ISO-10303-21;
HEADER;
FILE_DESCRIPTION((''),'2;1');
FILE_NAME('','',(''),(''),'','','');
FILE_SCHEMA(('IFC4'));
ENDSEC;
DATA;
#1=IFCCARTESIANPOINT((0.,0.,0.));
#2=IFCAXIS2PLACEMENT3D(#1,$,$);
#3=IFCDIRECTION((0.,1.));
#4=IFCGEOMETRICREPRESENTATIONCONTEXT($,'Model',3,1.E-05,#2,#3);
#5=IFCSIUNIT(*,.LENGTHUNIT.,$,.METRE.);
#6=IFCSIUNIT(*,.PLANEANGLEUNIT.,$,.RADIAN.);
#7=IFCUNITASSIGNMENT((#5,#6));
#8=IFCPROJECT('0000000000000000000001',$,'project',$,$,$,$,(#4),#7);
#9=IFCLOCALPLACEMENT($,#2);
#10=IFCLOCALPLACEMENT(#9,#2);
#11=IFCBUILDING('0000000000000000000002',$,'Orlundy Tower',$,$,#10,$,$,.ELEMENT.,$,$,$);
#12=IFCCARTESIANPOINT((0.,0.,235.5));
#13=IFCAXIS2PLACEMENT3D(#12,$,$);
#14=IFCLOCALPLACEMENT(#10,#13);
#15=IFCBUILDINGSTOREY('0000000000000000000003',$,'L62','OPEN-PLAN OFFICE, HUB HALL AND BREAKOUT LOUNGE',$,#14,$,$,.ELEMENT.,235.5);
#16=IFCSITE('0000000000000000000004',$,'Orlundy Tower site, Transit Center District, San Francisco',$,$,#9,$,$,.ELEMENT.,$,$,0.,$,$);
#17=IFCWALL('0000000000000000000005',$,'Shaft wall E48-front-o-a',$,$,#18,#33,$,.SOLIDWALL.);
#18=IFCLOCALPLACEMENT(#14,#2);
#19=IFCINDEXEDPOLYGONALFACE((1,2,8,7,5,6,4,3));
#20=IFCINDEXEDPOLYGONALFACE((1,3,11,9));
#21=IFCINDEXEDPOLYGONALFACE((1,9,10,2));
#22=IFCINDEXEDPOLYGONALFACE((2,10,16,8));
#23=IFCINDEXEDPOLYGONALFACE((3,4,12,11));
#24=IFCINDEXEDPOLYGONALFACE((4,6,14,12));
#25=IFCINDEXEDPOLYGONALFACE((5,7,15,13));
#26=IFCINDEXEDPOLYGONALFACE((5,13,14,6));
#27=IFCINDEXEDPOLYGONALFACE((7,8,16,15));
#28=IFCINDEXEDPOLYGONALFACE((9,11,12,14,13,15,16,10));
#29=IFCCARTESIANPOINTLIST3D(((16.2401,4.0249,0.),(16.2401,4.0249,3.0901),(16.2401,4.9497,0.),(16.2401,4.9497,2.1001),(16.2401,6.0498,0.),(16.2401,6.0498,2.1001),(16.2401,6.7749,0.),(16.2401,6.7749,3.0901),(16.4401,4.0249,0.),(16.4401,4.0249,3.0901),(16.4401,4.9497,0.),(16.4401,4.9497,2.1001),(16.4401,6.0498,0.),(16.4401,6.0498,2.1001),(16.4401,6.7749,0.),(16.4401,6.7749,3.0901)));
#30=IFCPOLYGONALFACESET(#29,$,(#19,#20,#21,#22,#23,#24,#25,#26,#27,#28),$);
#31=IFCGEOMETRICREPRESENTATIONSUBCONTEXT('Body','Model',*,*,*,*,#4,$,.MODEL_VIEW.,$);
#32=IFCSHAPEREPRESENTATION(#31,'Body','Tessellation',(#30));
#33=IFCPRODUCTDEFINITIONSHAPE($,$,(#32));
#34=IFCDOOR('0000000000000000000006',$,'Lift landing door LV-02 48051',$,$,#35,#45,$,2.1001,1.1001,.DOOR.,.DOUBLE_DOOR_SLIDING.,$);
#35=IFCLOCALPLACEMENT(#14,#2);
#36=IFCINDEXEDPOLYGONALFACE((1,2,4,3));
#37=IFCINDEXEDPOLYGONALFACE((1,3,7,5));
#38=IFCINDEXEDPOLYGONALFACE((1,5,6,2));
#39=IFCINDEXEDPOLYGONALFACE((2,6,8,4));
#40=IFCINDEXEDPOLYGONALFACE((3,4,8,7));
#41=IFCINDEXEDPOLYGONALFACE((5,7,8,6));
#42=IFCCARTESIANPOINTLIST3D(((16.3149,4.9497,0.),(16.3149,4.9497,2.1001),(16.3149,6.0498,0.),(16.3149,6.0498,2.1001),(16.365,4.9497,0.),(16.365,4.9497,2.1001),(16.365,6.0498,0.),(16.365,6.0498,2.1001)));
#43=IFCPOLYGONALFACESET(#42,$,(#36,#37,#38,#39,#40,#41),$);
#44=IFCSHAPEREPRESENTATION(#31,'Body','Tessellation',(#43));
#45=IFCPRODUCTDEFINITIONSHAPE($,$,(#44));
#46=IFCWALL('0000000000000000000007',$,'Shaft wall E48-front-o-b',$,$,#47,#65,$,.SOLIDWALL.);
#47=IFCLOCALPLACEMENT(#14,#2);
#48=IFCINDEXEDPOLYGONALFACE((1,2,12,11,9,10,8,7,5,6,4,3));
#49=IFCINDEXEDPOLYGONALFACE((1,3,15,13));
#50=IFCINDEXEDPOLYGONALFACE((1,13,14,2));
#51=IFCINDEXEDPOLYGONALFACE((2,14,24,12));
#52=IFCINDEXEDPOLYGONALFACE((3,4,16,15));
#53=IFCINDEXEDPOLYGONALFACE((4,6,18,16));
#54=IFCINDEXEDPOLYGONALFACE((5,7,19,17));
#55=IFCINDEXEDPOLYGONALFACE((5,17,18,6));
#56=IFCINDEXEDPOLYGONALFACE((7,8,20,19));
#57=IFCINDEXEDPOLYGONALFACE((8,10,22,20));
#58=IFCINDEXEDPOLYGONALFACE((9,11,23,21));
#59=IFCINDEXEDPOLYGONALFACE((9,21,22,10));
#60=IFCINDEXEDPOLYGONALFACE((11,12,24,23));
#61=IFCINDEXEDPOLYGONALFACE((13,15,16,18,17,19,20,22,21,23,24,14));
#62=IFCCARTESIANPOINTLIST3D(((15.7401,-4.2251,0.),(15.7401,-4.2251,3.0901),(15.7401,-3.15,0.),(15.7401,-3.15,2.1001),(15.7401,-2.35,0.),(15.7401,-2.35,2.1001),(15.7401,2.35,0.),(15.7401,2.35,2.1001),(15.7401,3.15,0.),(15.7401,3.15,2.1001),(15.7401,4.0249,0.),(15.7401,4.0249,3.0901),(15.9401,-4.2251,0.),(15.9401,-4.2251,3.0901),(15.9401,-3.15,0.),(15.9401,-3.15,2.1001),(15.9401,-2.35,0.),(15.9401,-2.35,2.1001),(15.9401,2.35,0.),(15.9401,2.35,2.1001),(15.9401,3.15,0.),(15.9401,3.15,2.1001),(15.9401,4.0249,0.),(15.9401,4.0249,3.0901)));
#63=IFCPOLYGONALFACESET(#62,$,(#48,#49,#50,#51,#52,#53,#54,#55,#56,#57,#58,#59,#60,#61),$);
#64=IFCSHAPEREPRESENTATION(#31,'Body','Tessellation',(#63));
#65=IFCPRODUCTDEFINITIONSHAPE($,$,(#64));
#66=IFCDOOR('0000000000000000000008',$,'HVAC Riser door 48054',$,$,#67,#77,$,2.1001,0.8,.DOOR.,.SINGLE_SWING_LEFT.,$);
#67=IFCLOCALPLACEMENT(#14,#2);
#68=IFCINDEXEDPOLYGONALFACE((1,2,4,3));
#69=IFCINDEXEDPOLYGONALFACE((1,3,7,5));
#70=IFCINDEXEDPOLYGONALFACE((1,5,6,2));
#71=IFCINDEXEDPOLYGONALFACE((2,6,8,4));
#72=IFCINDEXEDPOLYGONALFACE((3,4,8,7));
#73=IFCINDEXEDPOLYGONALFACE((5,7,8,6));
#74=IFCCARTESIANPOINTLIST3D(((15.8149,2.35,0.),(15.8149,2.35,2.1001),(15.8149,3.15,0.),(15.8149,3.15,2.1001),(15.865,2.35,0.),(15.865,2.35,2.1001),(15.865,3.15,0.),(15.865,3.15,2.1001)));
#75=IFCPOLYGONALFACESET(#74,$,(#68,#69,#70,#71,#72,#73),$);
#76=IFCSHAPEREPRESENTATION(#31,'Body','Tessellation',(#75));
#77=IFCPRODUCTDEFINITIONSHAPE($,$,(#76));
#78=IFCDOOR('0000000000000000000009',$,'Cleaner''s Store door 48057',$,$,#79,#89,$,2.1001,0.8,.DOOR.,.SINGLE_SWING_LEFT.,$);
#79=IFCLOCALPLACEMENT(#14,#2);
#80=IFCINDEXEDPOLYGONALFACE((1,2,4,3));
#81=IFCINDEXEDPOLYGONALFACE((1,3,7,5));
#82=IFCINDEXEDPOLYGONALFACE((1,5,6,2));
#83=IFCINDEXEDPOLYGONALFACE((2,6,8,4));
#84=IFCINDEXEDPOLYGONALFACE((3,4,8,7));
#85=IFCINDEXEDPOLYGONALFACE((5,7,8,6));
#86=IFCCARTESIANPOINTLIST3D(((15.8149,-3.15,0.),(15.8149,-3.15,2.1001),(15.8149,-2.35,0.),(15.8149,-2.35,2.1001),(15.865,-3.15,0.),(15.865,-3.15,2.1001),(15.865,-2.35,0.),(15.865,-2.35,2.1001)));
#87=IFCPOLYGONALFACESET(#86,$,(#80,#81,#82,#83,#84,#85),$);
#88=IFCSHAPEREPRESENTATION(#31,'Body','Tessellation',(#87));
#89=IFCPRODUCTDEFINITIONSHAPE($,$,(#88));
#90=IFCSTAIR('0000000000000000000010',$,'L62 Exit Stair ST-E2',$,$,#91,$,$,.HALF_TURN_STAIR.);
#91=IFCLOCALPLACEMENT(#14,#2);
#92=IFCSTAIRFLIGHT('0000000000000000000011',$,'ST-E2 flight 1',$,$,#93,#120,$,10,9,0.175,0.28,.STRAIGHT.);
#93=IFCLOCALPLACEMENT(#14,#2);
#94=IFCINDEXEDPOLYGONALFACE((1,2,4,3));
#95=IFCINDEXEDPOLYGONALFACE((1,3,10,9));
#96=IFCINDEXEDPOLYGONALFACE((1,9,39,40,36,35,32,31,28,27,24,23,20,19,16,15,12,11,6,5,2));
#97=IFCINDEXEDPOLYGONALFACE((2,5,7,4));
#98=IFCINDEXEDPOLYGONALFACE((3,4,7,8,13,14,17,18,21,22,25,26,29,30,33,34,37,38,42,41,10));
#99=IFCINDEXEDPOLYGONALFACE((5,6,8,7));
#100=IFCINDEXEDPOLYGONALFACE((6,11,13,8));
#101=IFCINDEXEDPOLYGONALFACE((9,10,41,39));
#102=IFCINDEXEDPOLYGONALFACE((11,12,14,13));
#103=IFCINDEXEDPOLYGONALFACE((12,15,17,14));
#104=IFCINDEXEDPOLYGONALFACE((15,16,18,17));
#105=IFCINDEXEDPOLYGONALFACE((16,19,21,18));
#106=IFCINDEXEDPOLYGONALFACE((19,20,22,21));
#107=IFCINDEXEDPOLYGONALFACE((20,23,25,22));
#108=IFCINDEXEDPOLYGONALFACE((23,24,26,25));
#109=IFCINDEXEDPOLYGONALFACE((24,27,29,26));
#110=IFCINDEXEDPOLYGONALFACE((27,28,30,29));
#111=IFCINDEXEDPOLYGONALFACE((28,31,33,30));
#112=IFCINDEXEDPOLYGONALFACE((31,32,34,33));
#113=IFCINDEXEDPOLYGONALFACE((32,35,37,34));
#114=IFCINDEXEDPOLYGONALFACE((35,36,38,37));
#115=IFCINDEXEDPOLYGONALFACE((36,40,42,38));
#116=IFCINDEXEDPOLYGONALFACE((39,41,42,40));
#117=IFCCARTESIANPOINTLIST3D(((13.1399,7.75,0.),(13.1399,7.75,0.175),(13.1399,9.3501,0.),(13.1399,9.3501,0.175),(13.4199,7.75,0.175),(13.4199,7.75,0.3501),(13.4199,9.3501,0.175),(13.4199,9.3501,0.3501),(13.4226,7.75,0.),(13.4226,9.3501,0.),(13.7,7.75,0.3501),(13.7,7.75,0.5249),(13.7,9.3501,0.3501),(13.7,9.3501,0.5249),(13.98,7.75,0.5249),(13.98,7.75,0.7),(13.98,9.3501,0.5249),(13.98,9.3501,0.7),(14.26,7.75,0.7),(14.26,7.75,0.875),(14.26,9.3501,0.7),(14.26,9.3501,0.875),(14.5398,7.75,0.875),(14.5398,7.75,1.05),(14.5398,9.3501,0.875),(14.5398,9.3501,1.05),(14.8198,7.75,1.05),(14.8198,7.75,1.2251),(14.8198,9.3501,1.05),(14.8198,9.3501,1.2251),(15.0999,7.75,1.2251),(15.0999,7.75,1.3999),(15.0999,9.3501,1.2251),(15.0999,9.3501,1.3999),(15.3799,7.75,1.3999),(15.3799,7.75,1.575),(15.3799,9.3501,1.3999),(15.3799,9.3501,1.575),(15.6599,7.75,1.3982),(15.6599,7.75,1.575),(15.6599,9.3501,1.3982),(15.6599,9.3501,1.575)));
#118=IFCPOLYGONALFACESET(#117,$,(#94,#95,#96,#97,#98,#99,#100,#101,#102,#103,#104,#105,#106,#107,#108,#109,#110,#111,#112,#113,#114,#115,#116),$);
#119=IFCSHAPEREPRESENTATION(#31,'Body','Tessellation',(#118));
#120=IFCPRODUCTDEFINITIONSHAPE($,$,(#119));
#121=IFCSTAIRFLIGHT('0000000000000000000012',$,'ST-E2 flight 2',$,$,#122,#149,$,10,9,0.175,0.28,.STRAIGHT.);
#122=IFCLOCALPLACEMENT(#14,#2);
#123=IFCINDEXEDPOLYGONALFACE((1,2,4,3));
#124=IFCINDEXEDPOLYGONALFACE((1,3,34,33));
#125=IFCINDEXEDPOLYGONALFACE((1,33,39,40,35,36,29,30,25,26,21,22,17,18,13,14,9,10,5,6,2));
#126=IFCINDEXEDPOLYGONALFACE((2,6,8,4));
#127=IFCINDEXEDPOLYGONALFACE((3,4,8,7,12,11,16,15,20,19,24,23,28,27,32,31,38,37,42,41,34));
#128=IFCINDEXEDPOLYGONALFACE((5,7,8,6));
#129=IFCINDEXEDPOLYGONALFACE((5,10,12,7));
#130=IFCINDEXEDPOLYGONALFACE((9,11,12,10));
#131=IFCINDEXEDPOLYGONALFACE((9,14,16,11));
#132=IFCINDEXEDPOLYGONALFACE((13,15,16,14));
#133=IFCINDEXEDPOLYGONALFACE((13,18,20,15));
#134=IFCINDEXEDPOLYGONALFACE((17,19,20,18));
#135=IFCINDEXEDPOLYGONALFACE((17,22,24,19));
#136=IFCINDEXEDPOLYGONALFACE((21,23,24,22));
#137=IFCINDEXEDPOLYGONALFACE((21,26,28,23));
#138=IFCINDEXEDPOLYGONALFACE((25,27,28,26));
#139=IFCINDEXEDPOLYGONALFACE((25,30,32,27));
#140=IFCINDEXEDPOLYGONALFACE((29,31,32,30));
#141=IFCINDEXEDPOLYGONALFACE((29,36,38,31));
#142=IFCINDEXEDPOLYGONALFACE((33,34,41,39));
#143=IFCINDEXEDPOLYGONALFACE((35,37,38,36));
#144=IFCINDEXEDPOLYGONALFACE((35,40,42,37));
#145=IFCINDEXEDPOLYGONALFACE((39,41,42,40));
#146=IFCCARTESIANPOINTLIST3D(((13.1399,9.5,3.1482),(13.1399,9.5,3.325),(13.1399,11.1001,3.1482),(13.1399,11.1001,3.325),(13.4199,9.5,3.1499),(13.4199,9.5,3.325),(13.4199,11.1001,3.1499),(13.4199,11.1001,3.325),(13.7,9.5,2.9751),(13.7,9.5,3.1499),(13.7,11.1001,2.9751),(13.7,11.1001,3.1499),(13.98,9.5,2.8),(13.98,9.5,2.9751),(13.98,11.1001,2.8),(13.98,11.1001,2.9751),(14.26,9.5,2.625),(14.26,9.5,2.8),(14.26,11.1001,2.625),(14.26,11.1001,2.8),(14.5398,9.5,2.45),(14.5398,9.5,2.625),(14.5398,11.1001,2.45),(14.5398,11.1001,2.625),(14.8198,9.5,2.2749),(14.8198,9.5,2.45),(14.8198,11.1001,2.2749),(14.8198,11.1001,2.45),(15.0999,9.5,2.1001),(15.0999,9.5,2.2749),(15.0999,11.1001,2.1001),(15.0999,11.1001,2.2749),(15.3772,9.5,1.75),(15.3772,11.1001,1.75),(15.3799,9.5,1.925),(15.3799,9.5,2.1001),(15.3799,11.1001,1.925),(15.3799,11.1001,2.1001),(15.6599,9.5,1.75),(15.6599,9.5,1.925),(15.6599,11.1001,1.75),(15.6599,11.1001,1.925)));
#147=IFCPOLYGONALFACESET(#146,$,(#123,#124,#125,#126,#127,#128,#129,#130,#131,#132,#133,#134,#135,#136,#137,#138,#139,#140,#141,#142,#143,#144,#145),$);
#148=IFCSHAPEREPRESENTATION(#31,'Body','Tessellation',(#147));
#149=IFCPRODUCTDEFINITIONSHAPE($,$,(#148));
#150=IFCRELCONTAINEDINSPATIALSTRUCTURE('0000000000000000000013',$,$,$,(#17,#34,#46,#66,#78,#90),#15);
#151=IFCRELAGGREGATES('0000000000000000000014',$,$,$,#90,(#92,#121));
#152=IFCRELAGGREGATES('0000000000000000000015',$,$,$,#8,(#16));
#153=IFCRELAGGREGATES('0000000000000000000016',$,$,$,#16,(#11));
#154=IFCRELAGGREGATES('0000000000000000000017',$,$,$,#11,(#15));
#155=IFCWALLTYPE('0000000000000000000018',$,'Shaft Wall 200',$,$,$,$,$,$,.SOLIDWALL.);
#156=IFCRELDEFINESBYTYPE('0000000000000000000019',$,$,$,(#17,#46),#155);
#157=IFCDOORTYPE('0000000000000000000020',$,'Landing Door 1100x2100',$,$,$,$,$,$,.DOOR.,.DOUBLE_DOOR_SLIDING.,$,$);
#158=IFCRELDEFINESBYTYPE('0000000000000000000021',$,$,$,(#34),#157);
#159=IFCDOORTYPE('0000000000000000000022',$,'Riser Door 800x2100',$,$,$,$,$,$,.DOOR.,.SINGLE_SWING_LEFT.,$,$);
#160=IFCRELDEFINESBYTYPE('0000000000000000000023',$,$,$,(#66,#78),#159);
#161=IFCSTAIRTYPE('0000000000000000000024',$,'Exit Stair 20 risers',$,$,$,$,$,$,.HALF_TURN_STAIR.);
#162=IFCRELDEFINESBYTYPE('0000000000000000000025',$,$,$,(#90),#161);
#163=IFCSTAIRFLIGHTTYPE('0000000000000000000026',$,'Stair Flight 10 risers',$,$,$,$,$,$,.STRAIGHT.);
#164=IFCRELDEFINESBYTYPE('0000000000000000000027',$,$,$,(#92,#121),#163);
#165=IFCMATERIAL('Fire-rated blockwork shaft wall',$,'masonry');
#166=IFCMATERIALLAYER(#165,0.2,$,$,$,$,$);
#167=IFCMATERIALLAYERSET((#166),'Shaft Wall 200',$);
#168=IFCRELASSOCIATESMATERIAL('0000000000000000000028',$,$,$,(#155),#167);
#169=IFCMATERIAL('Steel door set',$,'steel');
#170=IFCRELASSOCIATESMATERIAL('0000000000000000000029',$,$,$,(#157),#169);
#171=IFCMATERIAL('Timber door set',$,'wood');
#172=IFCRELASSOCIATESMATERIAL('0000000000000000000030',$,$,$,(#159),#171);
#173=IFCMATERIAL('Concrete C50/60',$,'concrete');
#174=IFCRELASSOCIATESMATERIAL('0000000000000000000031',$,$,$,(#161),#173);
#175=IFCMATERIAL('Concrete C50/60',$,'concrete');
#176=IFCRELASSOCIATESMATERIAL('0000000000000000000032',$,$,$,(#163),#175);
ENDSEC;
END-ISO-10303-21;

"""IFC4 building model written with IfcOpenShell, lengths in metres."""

from ifc_helpers import new_model, si_unit, direction, frame, frame_2d, origin, place, context, subcontext, project, spatial, polyline, rectangle, outline, extrude, material, layer, layer_set, type_object, element, fill, aggregate, save


model = new_model("IFC4")

# Units and contexts
model_context = context("Model", 3, precision=1e-05, world=origin(), true_north=direction((0.0, 1.0)))
body_context = subcontext(model_context, "Body", "Model", "MODEL_VIEW")
ifc_project = project(units=[si_unit("LENGTHUNIT", "METRE"), si_unit("PLANEANGLEUNIT", "RADIAN")], contexts=[model_context])

# Site, building, storey
site_placement = place(None, origin())
site = spatial("IfcSite", under=ifc_project, at=site_placement, Name="Orlundy Tower site, Transit Center District, San Francisco", CompositionType="ELEMENT", RefElevation=0.0)
building_placement = place(site_placement, origin())
building = spatial("IfcBuilding", under=site, at=building_placement, Name="Orlundy Tower", CompositionType="ELEMENT")
storey_placement = place(building_placement, frame((0.0, 0.0, 235.5)))
storey = spatial("IfcBuildingStorey", under=building, at=storey_placement, Name="L62", Description="OPEN-PLAN OFFICE, HUB HALL AND BREAKOUT LOUNGE", CompositionType="ELEMENT", Elevation=235.5)

# Shared definitions
ifc_material_1 = material(Name="Fire-rated blockwork shaft wall", Category="masonry")
ifc_layer_1 = layer(ifc_material_1, 0.2)
ifc_layer_set_1 = layer_set([ifc_layer_1], Name="Shaft Wall 200")
wall_type_1 = type_object("IfcWallType", Name="Shaft Wall 200", PredefinedType="SOLIDWALL", material=ifc_layer_set_1)

# Shared definitions
ifc_material_2 = material(Name="Steel door set", Category="steel")
door_type_1 = type_object("IfcDoorType", Name="Landing Door 1100x2100", OperationType="DOUBLE_DOOR_SLIDING", PredefinedType="DOOR", material=ifc_material_2)
ifc_material_3 = material(Name="Timber door set", Category="wood")
door_type_2 = type_object("IfcDoorType", Name="Riser Door 800x2100", OperationType="SINGLE_SWING_LEFT", PredefinedType="DOOR", material=ifc_material_3)

# Wall, opening, door
wall_1_placement = place(storey_placement, frame((16.3401, 6.7749, 0.0), z_axis=(0.0, 0.0, 1.0), x_axis=(0.0, -1.0, 0.0)))
wall_1 = element("IfcWall", 1, at=wall_1_placement, inside=storey, type_object=wall_type_1, Name="Shaft wall E48-front-o-a", PredefinedType="SOLIDWALL", context=body_context, shape_type="SweptSolid", body=[
    extrude(rectangle(XDim=2.75, YDim=0.2, at=frame_2d((1.375, 0.0))), origin(), (0.0, 0.0, 1.0), 3.0901),
])
opening_1_placement = place(wall_1_placement, frame((0.7251, 0.0, 0.0)))
opening_1 = element("IfcOpeningElement", 2, at=opening_1_placement, cuts=wall_1, PredefinedType="OPENING", context=body_context, shape_type="SweptSolid", body=[
    extrude(rectangle(XDim=1.1001, YDim=2.1001, at=frame_2d((0.55, 1.05))), frame((0.0, 0.1101, 0.0), z_axis=(0.0, -1.0, 0.0), x_axis=(1.0, 0.0, 0.0)), (0.0, 0.0, 1.0), 0.2202),
])
door_1_placement = place(opening_1_placement, origin())
door_1 = element("IfcDoor", 3, at=door_1_placement, inside=storey, type_object=door_type_1, Name="Lift landing door LV-02 48051", OperationType="DOUBLE_DOOR_SLIDING", OverallHeight=2.1001, OverallWidth=1.1001, PredefinedType="DOOR", context=body_context, shape_type="SweptSolid", body=[
    extrude(rectangle(XDim=1.1001, YDim=2.1001, at=frame_2d((0.55, 1.05))), frame((0.0, 0.0249, 0.0), z_axis=(0.0, -1.0, 0.0), x_axis=(1.0, 0.0, 0.0)), (0.0, 0.0, 1.0), 0.05),
])
fill(opening_1, door_1)

# Wall, openings, doors
wall_2_placement = place(storey_placement, frame((15.8401, 4.0249, 0.0), z_axis=(0.0, 0.0, 1.0), x_axis=(0.0, -1.0, 0.0)))
wall_2 = element("IfcWall", 4, at=wall_2_placement, inside=storey, type_object=wall_type_1, Name="Shaft wall E48-front-o-b", PredefinedType="SOLIDWALL", context=body_context, shape_type="SweptSolid", body=[
    extrude(rectangle(XDim=8.25, YDim=0.2, at=frame_2d((4.125, 0.0))), origin(), (0.0, 0.0, 1.0), 3.0901),
])
opening_2_placement = place(wall_2_placement, frame((0.875, 0.0, 0.0)))
opening_2 = element("IfcOpeningElement", 5, at=opening_2_placement, cuts=wall_2, PredefinedType="OPENING", context=body_context, shape_type="SweptSolid", body=[
    extrude(rectangle(XDim=0.8, YDim=2.1001, at=frame_2d((0.3999, 1.05))), frame((0.0, 0.1101, 0.0), z_axis=(0.0, -1.0, 0.0), x_axis=(1.0, 0.0, 0.0)), (0.0, 0.0, 1.0), 0.2202),
])
opening_3_placement = place(wall_2_placement, frame((6.375, 0.0, 0.0)))
opening_3 = element("IfcOpeningElement", 6, at=opening_3_placement, cuts=wall_2, PredefinedType="OPENING", context=body_context, shape_type="SweptSolid", body=[
    extrude(rectangle(XDim=0.8, YDim=2.1001, at=frame_2d((0.3999, 1.05))), frame((0.0, 0.1101, 0.0), z_axis=(0.0, -1.0, 0.0), x_axis=(1.0, 0.0, 0.0)), (0.0, 0.0, 1.0), 0.2202),
])
door_2_placement = place(opening_2_placement, origin())
door_2 = element("IfcDoor", 7, at=door_2_placement, inside=storey, type_object=door_type_2, Name="HVAC Riser door 48054", OperationType="SINGLE_SWING_LEFT", OverallHeight=2.1001, OverallWidth=0.8, PredefinedType="DOOR", context=body_context, shape_type="SweptSolid", body=[
    extrude(rectangle(XDim=0.8, YDim=2.1001, at=frame_2d((0.3999, 1.05))), frame((0.0, 0.0249, 0.0), z_axis=(0.0, -1.0, 0.0), x_axis=(1.0, 0.0, 0.0)), (0.0, 0.0, 1.0), 0.05),
])
fill(opening_2, door_2)
door_3_placement = place(opening_3_placement, origin())
door_3 = element("IfcDoor", 8, at=door_3_placement, inside=storey, type_object=door_type_2, Name="Cleaner's Store door 48057", OperationType="SINGLE_SWING_LEFT", OverallHeight=2.1001, OverallWidth=0.8, PredefinedType="DOOR", context=body_context, shape_type="SweptSolid", body=[
    extrude(rectangle(XDim=0.8, YDim=2.1001, at=frame_2d((0.3999, 1.05))), frame((0.0, 0.0249, 0.0), z_axis=(0.0, -1.0, 0.0), x_axis=(1.0, 0.0, 0.0)), (0.0, 0.0, 1.0), 0.05),
])
fill(opening_3, door_3)

# Stair, stair flights
ifc_material_4 = material(Name="Concrete C50/60", Category="concrete")
stair_type = type_object("IfcStairType", Name="Exit Stair 20 risers", PredefinedType="HALF_TURN_STAIR", material=ifc_material_4)
stair_placement = place(storey_placement, origin())
stair = element("IfcStair", 9, at=stair_placement, inside=storey, type_object=stair_type, Name="L62 Exit Stair ST-E2", PredefinedType="HALF_TURN_STAIR")
ifc_material_5 = material(Name="Concrete C50/60", Category="concrete")
stair_flight_type = type_object("IfcStairFlightType", Name="Stair Flight 10 risers", PredefinedType="STRAIGHT", material=ifc_material_5)
stair_flight_1_placement = place(storey_placement, frame((13.1399, 8.55, 0.0), z_axis=(0.0, 0.0, 1.0), x_axis=(1.0, 0.0, 0.0)))
stair_flight_1 = element("IfcStairFlight", 10, at=stair_flight_1_placement, type_object=stair_flight_type, Name="ST-E2 flight 1", NumberOfRisers=10, NumberOfTreads=9, PredefinedType="STRAIGHT", RiserHeight=0.175, TreadLength=0.28, context=body_context, shape_type="SweptSolid", body=[
    extrude(outline(polyline([(0.0, 0.0), (0.0, 0.175), (0.28, 0.175), (0.28, 0.3501), (0.5601, 0.3501), (0.5601, 0.5249), (0.8401, 0.5249), (0.8401, 0.7), (1.1201, 0.7), (1.1201, 0.875), (1.3999, 0.875), (1.3999, 1.05), (1.6799, 1.05), (1.6799, 1.2251), (1.96, 1.2251), (1.96, 1.3999), (2.24, 1.3999), (2.24, 1.575), (2.52, 1.575), (2.52, 1.75), (2.52, 1.3982), (0.2827, 0.0), (0.0, 0.0)])), frame((0.0, 0.8, 0.0), z_axis=(0.0, -1.0, 0.0), x_axis=(1.0, 0.0, 0.0)), (0.0, 0.0, 1.0), 1.6001),
])
stair_flight_2_placement = place(storey_placement, frame((15.6599, 10.3, 1.75), z_axis=(0.0, 0.0, 1.0), x_axis=(-1.0, 0.0, 0.0)))
stair_flight_2 = element("IfcStairFlight", 11, at=stair_flight_2_placement, type_object=stair_flight_type, Name="ST-E2 flight 2", NumberOfRisers=10, NumberOfTreads=9, PredefinedType="STRAIGHT", RiserHeight=0.175, TreadLength=0.28, context=body_context, shape_type="SweptSolid", body=[
    extrude(outline(polyline([(0.0, 0.0), (0.0, 0.175), (0.28, 0.175), (0.28, 0.3501), (0.5601, 0.3501), (0.5601, 0.5249), (0.8401, 0.5249), (0.8401, 0.7), (1.1201, 0.7), (1.1201, 0.875), (1.3999, 0.875), (1.3999, 1.05), (1.6799, 1.05), (1.6799, 1.2251), (1.96, 1.2251), (1.96, 1.3999), (2.24, 1.3999), (2.24, 1.575), (2.52, 1.575), (2.52, 1.75), (2.52, 1.3982), (0.2827, 0.0), (0.0, 0.0)])), frame((0.0, 0.8, 0.0), z_axis=(0.0, -1.0, 0.0), x_axis=(1.0, 0.0, 0.0)), (0.0, 0.0, 1.0), 1.6001),
])
aggregate(stair, [stair_flight_1, stair_flight_2])

save(model, "model.ifc")
